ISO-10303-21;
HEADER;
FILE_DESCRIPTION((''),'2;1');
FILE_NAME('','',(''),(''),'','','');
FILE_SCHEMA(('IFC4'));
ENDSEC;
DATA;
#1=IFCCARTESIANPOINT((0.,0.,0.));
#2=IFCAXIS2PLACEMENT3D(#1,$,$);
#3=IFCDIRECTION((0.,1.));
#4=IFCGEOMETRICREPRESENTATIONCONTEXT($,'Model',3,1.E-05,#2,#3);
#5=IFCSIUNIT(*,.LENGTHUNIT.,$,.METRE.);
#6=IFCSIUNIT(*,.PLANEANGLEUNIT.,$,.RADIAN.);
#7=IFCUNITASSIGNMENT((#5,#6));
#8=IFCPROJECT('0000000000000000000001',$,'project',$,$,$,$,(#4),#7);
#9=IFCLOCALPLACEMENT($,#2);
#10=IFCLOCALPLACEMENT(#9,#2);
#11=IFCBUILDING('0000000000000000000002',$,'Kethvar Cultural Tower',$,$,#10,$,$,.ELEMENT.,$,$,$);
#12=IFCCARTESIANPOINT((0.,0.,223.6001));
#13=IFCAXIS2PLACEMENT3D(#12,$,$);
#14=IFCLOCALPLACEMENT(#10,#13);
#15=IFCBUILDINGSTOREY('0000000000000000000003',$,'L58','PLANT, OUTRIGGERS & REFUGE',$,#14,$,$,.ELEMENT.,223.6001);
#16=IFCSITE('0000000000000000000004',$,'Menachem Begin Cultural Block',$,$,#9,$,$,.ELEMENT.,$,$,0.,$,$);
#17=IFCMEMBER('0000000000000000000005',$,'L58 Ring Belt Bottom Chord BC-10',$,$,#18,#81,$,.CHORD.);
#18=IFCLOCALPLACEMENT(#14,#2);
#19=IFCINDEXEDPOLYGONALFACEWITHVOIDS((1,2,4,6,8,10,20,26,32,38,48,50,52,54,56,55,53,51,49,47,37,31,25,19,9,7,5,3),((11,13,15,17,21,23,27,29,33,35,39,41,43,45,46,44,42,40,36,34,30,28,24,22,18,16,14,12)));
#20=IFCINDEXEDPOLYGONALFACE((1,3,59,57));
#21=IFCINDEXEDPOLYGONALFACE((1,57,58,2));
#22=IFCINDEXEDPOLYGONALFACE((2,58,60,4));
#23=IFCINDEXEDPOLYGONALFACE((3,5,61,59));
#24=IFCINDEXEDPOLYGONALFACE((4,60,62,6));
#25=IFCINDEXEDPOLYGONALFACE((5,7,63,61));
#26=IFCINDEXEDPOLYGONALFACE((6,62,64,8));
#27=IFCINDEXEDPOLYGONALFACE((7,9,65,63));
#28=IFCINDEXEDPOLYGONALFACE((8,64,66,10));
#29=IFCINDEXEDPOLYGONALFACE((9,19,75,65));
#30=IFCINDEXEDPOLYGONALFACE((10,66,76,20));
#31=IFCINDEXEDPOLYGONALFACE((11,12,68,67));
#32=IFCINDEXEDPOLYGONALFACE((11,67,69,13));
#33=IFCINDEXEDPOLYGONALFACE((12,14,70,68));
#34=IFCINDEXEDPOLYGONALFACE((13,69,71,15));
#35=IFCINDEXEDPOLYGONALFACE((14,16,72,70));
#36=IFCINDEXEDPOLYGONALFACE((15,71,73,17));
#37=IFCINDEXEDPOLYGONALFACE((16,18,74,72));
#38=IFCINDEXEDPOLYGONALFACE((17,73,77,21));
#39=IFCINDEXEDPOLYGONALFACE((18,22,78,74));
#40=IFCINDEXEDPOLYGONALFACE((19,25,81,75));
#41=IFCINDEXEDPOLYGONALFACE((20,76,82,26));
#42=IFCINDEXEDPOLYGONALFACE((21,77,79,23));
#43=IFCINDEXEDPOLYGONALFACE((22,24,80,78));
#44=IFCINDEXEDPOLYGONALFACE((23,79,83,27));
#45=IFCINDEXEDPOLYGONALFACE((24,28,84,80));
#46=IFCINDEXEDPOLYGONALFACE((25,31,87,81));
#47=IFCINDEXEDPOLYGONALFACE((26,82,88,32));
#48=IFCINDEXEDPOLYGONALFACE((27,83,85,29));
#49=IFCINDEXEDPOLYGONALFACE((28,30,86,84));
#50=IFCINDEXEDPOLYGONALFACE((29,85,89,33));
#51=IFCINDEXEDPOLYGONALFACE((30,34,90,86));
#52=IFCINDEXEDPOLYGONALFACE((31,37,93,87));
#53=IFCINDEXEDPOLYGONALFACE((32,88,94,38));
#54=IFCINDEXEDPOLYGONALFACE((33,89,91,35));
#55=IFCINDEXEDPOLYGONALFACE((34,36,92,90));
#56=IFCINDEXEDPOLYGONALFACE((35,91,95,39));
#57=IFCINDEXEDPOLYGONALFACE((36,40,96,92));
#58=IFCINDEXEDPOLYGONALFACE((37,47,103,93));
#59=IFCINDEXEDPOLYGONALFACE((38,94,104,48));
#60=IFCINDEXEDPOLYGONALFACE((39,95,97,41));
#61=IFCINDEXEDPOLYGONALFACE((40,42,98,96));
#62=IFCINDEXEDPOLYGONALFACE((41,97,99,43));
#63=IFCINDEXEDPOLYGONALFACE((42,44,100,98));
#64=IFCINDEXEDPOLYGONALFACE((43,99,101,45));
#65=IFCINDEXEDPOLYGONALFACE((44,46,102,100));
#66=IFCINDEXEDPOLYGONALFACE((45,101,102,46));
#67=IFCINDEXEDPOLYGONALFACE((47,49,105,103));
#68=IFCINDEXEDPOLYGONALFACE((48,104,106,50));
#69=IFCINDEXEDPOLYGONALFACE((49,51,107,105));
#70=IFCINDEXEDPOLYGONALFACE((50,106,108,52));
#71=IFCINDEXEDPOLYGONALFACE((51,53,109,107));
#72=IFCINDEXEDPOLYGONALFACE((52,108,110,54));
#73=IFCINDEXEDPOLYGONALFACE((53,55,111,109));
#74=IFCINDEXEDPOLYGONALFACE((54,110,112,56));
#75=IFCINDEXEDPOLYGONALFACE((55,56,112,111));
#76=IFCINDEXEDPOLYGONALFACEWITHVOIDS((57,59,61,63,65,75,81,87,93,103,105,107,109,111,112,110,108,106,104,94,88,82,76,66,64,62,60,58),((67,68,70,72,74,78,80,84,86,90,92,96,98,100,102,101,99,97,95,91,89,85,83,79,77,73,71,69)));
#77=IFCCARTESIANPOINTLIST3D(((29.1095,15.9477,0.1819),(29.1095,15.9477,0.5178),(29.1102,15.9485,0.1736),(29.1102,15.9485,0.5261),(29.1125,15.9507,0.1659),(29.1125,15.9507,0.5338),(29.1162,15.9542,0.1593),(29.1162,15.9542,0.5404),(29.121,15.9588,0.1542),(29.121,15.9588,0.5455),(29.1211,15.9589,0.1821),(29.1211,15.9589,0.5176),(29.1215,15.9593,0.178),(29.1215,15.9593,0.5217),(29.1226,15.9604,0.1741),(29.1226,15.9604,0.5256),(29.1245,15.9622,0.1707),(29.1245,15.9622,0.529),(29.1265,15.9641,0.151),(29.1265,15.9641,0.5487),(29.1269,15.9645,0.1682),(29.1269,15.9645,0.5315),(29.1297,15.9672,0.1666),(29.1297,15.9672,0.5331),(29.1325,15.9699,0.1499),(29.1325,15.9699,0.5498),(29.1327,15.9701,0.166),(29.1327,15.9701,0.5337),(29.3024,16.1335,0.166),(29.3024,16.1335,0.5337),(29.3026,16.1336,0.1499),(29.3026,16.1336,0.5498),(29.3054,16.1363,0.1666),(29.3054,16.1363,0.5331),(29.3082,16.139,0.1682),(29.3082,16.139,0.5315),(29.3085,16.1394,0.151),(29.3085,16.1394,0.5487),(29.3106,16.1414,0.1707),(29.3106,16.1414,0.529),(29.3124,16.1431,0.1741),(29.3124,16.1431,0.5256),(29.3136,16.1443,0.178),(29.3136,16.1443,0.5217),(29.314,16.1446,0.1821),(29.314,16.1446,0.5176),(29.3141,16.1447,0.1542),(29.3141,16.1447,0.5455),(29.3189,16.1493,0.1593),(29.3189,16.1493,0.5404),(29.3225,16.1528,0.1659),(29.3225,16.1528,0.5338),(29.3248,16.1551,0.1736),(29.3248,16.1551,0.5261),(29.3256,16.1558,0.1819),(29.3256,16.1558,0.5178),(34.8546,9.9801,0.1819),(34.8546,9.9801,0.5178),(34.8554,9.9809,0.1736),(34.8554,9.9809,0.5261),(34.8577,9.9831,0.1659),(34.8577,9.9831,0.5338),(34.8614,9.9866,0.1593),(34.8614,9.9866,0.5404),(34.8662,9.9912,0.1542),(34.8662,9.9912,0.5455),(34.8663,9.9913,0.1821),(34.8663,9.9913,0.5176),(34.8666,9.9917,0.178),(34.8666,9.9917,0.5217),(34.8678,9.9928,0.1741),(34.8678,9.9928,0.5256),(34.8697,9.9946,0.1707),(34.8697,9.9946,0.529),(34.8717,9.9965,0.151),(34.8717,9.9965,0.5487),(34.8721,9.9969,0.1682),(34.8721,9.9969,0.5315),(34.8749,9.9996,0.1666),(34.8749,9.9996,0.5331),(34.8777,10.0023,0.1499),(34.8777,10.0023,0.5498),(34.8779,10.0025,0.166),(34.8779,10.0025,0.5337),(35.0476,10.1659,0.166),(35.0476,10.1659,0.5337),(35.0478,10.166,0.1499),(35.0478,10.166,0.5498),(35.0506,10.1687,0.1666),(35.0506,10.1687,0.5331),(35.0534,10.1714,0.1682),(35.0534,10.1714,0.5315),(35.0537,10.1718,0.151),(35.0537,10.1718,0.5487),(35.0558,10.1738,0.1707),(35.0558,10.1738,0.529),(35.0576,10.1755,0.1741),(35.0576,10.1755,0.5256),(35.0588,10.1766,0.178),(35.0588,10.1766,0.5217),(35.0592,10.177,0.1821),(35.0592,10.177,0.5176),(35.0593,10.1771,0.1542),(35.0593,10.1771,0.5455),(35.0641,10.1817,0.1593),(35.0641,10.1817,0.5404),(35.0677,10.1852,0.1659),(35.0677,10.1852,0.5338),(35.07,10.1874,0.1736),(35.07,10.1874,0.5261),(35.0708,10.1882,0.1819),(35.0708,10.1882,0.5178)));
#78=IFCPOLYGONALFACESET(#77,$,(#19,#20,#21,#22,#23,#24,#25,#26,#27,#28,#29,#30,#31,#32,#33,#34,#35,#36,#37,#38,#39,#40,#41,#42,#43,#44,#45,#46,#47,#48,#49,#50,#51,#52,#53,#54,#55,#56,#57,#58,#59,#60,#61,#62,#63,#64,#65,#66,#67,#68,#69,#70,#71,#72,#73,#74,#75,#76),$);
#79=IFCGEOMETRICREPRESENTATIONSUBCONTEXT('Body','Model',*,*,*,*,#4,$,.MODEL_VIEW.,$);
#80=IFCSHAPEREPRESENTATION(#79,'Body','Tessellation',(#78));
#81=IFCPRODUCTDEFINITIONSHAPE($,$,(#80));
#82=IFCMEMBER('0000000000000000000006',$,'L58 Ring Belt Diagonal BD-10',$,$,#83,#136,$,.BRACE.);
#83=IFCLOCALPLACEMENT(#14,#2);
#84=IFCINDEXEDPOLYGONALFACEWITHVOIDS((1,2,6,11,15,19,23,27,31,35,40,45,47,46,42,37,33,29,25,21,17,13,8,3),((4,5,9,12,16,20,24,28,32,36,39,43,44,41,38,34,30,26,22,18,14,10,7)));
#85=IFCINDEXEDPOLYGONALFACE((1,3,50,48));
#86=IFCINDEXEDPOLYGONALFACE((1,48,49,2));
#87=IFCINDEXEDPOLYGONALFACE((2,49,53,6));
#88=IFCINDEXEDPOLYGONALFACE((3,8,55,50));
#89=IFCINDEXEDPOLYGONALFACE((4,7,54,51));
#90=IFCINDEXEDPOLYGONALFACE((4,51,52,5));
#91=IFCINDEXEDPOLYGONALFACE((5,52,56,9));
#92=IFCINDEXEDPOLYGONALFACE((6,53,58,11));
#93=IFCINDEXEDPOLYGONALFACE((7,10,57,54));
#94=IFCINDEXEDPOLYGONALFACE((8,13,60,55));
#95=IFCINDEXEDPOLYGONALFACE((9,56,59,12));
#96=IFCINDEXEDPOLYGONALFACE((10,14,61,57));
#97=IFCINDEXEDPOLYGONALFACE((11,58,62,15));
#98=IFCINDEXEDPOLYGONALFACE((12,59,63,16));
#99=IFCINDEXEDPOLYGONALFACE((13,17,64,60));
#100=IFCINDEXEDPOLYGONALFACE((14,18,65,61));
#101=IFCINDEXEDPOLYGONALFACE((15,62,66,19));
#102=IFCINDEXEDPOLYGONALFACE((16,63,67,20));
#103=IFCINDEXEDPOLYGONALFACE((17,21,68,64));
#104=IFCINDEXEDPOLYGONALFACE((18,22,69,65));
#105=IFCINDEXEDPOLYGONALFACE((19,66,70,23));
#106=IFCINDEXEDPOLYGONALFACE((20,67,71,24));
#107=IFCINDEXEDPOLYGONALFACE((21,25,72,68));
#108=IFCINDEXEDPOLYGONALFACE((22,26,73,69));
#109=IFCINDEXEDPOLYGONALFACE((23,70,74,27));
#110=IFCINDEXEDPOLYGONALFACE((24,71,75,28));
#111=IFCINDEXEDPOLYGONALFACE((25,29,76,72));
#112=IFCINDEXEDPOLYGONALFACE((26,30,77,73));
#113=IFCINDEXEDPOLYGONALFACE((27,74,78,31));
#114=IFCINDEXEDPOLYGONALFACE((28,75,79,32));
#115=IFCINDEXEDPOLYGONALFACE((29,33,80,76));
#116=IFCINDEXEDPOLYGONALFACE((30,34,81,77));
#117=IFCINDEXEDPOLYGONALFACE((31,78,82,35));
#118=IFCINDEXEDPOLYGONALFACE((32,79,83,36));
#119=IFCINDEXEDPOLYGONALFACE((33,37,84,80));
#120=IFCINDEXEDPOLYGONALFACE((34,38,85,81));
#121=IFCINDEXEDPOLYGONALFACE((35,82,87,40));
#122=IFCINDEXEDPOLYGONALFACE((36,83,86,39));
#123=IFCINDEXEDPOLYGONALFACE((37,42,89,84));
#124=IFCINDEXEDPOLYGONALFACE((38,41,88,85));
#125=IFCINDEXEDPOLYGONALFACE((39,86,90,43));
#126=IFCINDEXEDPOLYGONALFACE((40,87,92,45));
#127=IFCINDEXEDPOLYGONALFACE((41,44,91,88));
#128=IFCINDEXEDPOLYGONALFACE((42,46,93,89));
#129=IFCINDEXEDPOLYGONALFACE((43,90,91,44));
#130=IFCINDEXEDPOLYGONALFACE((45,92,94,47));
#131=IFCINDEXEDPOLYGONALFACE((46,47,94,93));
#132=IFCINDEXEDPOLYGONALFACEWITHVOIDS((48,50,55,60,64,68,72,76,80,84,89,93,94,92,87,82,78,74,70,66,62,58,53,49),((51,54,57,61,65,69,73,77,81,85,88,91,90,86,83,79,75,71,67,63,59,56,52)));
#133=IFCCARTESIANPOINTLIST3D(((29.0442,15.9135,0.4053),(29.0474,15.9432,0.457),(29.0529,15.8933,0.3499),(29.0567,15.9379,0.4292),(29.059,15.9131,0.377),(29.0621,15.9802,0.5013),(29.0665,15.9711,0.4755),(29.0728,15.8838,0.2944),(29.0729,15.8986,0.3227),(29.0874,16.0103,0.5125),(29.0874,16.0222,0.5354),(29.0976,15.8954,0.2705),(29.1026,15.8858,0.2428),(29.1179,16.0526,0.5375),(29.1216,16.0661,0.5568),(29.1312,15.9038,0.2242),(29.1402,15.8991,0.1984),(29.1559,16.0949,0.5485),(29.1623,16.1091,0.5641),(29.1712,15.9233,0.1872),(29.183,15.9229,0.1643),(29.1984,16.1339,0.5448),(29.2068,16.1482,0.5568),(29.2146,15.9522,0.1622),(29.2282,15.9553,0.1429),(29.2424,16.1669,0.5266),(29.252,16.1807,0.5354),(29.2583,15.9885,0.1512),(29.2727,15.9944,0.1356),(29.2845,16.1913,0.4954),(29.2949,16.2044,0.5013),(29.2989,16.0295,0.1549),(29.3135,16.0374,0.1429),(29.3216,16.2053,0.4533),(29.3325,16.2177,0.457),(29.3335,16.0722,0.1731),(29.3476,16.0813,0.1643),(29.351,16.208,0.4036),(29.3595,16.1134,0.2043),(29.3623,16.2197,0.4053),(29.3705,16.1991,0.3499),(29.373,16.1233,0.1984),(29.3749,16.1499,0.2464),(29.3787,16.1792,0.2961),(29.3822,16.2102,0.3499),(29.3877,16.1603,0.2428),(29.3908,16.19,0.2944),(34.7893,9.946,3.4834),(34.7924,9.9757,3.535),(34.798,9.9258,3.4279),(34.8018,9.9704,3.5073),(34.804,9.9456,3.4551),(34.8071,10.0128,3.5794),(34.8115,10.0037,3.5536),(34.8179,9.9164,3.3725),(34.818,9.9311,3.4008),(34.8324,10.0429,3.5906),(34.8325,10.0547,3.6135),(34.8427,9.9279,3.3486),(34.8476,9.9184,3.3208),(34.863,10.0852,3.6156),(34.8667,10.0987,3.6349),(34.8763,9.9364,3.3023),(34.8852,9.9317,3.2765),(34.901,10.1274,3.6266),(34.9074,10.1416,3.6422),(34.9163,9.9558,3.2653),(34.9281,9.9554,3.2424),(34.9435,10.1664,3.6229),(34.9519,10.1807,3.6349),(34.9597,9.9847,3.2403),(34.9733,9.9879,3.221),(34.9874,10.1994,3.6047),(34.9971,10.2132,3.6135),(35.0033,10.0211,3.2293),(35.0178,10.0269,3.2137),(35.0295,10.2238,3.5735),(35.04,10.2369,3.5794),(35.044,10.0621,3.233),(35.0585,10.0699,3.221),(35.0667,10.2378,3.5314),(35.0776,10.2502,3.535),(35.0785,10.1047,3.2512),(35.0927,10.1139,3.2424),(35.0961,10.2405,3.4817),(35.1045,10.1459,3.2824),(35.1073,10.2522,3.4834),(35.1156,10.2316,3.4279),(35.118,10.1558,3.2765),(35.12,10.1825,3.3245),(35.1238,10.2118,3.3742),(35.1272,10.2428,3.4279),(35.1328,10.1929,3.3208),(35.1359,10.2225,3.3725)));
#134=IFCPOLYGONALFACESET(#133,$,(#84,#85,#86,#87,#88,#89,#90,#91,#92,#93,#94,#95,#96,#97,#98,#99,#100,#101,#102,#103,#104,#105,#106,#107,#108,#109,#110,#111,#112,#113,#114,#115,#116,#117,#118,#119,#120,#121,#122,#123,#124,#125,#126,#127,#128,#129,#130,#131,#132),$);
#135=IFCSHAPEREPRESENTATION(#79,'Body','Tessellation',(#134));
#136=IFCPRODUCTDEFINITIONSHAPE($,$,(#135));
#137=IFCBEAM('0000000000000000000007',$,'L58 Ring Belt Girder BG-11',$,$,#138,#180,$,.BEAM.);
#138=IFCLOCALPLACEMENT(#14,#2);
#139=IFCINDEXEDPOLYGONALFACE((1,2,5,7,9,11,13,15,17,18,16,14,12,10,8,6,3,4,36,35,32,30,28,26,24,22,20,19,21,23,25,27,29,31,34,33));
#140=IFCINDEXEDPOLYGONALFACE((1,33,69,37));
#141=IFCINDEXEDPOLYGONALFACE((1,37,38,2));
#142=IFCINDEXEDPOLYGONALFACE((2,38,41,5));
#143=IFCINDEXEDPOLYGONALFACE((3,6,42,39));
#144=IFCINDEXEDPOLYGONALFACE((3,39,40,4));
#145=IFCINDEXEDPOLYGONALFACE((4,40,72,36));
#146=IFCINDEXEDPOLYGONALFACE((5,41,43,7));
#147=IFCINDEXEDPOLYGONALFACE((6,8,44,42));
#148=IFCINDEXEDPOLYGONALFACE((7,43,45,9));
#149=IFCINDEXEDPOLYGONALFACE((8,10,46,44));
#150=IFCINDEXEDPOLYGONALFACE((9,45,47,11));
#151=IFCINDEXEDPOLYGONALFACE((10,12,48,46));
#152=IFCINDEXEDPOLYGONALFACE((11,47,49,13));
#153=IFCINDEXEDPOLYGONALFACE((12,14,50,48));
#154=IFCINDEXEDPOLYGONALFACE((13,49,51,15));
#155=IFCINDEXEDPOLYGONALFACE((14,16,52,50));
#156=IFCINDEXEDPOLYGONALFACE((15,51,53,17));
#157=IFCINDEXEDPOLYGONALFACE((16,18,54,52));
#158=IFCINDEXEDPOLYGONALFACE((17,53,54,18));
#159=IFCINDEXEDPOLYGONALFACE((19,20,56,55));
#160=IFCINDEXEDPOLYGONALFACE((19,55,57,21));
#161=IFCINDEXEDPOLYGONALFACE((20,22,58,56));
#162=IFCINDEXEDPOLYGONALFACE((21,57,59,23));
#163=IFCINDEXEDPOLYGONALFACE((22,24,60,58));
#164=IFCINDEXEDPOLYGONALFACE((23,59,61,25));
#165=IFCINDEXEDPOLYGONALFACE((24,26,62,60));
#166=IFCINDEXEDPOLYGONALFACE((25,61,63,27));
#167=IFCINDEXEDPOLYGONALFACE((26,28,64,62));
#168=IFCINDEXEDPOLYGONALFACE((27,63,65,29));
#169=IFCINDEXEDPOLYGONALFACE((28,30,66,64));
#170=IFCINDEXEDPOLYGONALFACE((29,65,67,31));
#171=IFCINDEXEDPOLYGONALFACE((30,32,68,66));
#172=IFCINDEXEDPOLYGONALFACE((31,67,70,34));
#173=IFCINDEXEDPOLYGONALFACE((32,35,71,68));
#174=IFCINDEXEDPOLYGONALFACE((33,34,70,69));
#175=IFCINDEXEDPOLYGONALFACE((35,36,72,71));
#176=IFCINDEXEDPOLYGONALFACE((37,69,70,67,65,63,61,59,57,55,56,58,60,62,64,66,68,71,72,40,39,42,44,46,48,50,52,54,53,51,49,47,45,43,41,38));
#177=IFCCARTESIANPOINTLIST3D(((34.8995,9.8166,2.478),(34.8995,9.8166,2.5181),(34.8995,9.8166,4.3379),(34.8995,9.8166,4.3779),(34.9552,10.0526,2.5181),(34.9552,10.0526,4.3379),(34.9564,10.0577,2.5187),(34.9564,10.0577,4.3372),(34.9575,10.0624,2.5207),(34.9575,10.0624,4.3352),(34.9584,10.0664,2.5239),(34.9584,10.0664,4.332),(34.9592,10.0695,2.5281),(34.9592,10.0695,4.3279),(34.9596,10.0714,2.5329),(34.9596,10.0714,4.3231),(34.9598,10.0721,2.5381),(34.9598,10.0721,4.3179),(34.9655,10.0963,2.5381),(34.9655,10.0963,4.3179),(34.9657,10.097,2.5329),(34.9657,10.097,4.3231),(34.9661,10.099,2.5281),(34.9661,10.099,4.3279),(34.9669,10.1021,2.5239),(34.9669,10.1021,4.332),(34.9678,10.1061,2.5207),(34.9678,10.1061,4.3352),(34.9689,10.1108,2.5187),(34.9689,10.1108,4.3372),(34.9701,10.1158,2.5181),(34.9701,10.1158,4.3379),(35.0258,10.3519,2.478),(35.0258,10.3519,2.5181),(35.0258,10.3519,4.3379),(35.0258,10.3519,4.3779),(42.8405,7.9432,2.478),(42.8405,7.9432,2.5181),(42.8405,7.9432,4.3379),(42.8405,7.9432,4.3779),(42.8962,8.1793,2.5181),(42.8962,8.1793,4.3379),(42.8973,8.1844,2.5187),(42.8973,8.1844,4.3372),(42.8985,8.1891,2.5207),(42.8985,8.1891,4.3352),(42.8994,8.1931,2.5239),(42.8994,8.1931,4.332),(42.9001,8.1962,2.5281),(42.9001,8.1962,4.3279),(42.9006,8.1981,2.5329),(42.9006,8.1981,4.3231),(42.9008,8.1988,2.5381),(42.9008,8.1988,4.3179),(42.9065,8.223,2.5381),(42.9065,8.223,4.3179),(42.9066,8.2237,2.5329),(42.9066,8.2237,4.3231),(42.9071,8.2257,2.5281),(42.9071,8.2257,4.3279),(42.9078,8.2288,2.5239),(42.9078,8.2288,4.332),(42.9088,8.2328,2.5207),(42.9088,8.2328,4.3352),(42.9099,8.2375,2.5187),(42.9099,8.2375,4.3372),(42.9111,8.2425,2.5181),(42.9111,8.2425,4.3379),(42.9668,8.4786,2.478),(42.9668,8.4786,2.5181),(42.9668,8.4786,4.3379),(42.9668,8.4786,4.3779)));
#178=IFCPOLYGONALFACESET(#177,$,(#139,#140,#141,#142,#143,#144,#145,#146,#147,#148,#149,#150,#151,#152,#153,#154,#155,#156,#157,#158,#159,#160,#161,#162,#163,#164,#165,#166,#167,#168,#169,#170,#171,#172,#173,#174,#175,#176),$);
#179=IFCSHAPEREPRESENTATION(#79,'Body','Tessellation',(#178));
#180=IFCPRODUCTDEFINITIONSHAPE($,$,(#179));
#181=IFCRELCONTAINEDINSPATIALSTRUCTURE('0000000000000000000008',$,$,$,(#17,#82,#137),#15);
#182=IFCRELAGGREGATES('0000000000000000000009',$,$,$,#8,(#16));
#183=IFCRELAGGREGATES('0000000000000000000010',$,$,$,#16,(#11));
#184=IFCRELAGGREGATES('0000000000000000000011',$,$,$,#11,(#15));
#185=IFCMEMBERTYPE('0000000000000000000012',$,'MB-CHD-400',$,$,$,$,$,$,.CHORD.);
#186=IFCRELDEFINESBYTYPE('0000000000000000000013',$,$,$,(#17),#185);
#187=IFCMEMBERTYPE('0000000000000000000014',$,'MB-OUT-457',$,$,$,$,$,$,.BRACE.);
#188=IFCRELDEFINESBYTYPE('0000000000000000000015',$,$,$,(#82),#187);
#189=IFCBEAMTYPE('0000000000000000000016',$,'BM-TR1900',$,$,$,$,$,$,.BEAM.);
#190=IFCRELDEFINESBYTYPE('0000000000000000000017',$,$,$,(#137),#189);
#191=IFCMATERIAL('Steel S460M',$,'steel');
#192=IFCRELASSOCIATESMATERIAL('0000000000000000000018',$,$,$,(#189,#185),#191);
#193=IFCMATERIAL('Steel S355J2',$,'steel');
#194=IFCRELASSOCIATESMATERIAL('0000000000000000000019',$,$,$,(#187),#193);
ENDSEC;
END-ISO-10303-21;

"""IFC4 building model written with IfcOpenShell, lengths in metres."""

from ifc_helpers import new_model, si_unit, direction, frame, origin, origin_2d, place, context, subcontext, project, spatial, hollow_rectangle, hollow_circle, i_section, extrude, source, transform, mapped, material, material_profile, profile_set, type_object, element, save


model = new_model("IFC4")

# Units and contexts
model_context = context("Model", 3, precision=1e-05, world=origin(), true_north=direction((0.0, 1.0)))
body_context = subcontext(model_context, "Body", "Model", "MODEL_VIEW")
ifc_project = project(units=[si_unit("LENGTHUNIT", "METRE"), si_unit("PLANEANGLEUNIT", "RADIAN")], contexts=[model_context])

# Site, building, storey
site_placement = place(None, origin())
site = spatial("IfcSite", under=ifc_project, at=site_placement, Name="Menachem Begin Cultural Block", CompositionType="ELEMENT", RefElevation=0.0)
building_placement = place(site_placement, origin())
building = spatial("IfcBuilding", under=site, at=building_placement, Name="Kethvar Cultural Tower", CompositionType="ELEMENT")
storey_placement = place(building_placement, frame((0.0, 0.0, 223.6001)))
storey = spatial("IfcBuildingStorey", under=building, at=storey_placement, Name="L58", Description="PLANT, OUTRIGGERS & REFUGE", CompositionType="ELEMENT", Elevation=223.6001)

# Shared definitions
ifc_material_1 = material(Name="Steel S460M", Category="steel")

# Shared definitions
ifc_material_profile_1 = material_profile(ifc_material_1, i_section(OverallWidth=0.55, OverallDepth=1.8999, WebThickness=0.0249, FlangeThickness=0.04, FilletRadius=0.02, at=origin_2d()), Name="Steel S460M — PG1900x550x40x25")
ifc_profile_set_1 = profile_set([ifc_material_profile_1], Name="Steel S460M — PG1900x550x40x25")
beam_type = type_object("IfcBeamType", Name="BM-TR1900", PredefinedType="BEAM", material=ifc_profile_set_1)

# Members
ifc_material_profile_2 = material_profile(ifc_material_1, hollow_rectangle(XDim=0.3, YDim=0.3999, WallThickness=0.0161, InnerFilletRadius=0.0161, OuterFilletRadius=0.032, at=origin_2d()), Name="Steel S460M — RHS400x300x16")
ifc_profile_set_2 = profile_set([ifc_material_profile_2], Name="Steel S460M — RHS400x300x16")
member_type_1 = type_object("IfcMemberType", Name="MB-CHD-400", PredefinedType="CHORD", material=ifc_profile_set_2)
shared_shape_1 = source(origin(), body_context, "Body", "SweptSolid", [
    extrude(hollow_rectangle(XDim=0.3, YDim=0.3999, WallThickness=0.0161, InnerFilletRadius=0.0161, OuterFilletRadius=0.032, at=origin_2d()), origin(), (0.0, 0.0, 1.0), 8.2837),
])
member_1_placement = place(storey_placement, frame((29.2175, 16.0518, 0.3499), z_axis=(0.693554, -0.720404, 0.0), x_axis=(0.720404, 0.693554, 0.0)))
element("IfcMember", 1, at=member_1_placement, inside=storey, type_object=member_type_1, Name="L58 Ring Belt Bottom Chord BC-10", PredefinedType="CHORD", context=body_context, shape_type="MappedRepresentation", body=[
    mapped(shared_shape_1, transform((0.0, 0.0, 0.0), scale=1.0)),
])
ifc_material_2 = material(Name="Steel S355J2", Category="steel")
ifc_material_profile_3 = material_profile(ifc_material_2, hollow_circle(Radius=0.2285, WallThickness=0.0161, at=origin_2d()), Name="Steel S355J2 — CHS457x16")
ifc_profile_set_3 = profile_set([ifc_material_profile_3], Name="Steel S355J2 — CHS457x16")
member_type_2 = type_object("IfcMemberType", Name="MB-OUT-457", PredefinedType="BRACE", material=ifc_profile_set_3)
shared_shape_2 = source(origin(), body_context, "Body", "SweptSolid", [
    extrude(hollow_circle(Radius=0.2285, WallThickness=0.0161, at=origin_2d()), origin(), (0.0, 0.0, 1.0), 8.8369),
])
member_2_placement = place(storey_placement, frame((29.2175, 16.0518, 0.3499), z_axis=(0.650121, -0.675289, 0.348322), x_axis=(0.720404, 0.693554, 0.0)))
element("IfcMember", 2, at=member_2_placement, inside=storey, type_object=member_type_2, Name="L58 Ring Belt Diagonal BD-10", PredefinedType="BRACE", context=body_context, shape_type="MappedRepresentation", body=[
    mapped(shared_shape_2, transform((0.0, 0.0, 0.0), scale=1.0)),
])

# Beam
shared_shape_3 = source(origin(), body_context, "Body", "SweptSolid", [
    extrude(i_section(OverallWidth=0.55, OverallDepth=1.8999, WebThickness=0.0249, FlangeThickness=0.04, FilletRadius=0.02, at=origin_2d()), origin(), (0.0, 0.0, 1.0), 8.1589),
])
beam_1_placement = place(storey_placement, frame((34.9626, 10.0842, 3.428), z_axis=(0.973285, -0.229601, 0.0), x_axis=(0.229601, 0.973285, 0.0)))
element("IfcBeam", 3, at=beam_1_placement, inside=storey, type_object=beam_type, Name="L58 Ring Belt Girder BG-11", PredefinedType="BEAM", context=body_context, shape_type="MappedRepresentation", body=[
    mapped(shared_shape_3, transform((0.0, 0.0, 0.0), scale=1.0)),
])

save(model, "model.ifc")
